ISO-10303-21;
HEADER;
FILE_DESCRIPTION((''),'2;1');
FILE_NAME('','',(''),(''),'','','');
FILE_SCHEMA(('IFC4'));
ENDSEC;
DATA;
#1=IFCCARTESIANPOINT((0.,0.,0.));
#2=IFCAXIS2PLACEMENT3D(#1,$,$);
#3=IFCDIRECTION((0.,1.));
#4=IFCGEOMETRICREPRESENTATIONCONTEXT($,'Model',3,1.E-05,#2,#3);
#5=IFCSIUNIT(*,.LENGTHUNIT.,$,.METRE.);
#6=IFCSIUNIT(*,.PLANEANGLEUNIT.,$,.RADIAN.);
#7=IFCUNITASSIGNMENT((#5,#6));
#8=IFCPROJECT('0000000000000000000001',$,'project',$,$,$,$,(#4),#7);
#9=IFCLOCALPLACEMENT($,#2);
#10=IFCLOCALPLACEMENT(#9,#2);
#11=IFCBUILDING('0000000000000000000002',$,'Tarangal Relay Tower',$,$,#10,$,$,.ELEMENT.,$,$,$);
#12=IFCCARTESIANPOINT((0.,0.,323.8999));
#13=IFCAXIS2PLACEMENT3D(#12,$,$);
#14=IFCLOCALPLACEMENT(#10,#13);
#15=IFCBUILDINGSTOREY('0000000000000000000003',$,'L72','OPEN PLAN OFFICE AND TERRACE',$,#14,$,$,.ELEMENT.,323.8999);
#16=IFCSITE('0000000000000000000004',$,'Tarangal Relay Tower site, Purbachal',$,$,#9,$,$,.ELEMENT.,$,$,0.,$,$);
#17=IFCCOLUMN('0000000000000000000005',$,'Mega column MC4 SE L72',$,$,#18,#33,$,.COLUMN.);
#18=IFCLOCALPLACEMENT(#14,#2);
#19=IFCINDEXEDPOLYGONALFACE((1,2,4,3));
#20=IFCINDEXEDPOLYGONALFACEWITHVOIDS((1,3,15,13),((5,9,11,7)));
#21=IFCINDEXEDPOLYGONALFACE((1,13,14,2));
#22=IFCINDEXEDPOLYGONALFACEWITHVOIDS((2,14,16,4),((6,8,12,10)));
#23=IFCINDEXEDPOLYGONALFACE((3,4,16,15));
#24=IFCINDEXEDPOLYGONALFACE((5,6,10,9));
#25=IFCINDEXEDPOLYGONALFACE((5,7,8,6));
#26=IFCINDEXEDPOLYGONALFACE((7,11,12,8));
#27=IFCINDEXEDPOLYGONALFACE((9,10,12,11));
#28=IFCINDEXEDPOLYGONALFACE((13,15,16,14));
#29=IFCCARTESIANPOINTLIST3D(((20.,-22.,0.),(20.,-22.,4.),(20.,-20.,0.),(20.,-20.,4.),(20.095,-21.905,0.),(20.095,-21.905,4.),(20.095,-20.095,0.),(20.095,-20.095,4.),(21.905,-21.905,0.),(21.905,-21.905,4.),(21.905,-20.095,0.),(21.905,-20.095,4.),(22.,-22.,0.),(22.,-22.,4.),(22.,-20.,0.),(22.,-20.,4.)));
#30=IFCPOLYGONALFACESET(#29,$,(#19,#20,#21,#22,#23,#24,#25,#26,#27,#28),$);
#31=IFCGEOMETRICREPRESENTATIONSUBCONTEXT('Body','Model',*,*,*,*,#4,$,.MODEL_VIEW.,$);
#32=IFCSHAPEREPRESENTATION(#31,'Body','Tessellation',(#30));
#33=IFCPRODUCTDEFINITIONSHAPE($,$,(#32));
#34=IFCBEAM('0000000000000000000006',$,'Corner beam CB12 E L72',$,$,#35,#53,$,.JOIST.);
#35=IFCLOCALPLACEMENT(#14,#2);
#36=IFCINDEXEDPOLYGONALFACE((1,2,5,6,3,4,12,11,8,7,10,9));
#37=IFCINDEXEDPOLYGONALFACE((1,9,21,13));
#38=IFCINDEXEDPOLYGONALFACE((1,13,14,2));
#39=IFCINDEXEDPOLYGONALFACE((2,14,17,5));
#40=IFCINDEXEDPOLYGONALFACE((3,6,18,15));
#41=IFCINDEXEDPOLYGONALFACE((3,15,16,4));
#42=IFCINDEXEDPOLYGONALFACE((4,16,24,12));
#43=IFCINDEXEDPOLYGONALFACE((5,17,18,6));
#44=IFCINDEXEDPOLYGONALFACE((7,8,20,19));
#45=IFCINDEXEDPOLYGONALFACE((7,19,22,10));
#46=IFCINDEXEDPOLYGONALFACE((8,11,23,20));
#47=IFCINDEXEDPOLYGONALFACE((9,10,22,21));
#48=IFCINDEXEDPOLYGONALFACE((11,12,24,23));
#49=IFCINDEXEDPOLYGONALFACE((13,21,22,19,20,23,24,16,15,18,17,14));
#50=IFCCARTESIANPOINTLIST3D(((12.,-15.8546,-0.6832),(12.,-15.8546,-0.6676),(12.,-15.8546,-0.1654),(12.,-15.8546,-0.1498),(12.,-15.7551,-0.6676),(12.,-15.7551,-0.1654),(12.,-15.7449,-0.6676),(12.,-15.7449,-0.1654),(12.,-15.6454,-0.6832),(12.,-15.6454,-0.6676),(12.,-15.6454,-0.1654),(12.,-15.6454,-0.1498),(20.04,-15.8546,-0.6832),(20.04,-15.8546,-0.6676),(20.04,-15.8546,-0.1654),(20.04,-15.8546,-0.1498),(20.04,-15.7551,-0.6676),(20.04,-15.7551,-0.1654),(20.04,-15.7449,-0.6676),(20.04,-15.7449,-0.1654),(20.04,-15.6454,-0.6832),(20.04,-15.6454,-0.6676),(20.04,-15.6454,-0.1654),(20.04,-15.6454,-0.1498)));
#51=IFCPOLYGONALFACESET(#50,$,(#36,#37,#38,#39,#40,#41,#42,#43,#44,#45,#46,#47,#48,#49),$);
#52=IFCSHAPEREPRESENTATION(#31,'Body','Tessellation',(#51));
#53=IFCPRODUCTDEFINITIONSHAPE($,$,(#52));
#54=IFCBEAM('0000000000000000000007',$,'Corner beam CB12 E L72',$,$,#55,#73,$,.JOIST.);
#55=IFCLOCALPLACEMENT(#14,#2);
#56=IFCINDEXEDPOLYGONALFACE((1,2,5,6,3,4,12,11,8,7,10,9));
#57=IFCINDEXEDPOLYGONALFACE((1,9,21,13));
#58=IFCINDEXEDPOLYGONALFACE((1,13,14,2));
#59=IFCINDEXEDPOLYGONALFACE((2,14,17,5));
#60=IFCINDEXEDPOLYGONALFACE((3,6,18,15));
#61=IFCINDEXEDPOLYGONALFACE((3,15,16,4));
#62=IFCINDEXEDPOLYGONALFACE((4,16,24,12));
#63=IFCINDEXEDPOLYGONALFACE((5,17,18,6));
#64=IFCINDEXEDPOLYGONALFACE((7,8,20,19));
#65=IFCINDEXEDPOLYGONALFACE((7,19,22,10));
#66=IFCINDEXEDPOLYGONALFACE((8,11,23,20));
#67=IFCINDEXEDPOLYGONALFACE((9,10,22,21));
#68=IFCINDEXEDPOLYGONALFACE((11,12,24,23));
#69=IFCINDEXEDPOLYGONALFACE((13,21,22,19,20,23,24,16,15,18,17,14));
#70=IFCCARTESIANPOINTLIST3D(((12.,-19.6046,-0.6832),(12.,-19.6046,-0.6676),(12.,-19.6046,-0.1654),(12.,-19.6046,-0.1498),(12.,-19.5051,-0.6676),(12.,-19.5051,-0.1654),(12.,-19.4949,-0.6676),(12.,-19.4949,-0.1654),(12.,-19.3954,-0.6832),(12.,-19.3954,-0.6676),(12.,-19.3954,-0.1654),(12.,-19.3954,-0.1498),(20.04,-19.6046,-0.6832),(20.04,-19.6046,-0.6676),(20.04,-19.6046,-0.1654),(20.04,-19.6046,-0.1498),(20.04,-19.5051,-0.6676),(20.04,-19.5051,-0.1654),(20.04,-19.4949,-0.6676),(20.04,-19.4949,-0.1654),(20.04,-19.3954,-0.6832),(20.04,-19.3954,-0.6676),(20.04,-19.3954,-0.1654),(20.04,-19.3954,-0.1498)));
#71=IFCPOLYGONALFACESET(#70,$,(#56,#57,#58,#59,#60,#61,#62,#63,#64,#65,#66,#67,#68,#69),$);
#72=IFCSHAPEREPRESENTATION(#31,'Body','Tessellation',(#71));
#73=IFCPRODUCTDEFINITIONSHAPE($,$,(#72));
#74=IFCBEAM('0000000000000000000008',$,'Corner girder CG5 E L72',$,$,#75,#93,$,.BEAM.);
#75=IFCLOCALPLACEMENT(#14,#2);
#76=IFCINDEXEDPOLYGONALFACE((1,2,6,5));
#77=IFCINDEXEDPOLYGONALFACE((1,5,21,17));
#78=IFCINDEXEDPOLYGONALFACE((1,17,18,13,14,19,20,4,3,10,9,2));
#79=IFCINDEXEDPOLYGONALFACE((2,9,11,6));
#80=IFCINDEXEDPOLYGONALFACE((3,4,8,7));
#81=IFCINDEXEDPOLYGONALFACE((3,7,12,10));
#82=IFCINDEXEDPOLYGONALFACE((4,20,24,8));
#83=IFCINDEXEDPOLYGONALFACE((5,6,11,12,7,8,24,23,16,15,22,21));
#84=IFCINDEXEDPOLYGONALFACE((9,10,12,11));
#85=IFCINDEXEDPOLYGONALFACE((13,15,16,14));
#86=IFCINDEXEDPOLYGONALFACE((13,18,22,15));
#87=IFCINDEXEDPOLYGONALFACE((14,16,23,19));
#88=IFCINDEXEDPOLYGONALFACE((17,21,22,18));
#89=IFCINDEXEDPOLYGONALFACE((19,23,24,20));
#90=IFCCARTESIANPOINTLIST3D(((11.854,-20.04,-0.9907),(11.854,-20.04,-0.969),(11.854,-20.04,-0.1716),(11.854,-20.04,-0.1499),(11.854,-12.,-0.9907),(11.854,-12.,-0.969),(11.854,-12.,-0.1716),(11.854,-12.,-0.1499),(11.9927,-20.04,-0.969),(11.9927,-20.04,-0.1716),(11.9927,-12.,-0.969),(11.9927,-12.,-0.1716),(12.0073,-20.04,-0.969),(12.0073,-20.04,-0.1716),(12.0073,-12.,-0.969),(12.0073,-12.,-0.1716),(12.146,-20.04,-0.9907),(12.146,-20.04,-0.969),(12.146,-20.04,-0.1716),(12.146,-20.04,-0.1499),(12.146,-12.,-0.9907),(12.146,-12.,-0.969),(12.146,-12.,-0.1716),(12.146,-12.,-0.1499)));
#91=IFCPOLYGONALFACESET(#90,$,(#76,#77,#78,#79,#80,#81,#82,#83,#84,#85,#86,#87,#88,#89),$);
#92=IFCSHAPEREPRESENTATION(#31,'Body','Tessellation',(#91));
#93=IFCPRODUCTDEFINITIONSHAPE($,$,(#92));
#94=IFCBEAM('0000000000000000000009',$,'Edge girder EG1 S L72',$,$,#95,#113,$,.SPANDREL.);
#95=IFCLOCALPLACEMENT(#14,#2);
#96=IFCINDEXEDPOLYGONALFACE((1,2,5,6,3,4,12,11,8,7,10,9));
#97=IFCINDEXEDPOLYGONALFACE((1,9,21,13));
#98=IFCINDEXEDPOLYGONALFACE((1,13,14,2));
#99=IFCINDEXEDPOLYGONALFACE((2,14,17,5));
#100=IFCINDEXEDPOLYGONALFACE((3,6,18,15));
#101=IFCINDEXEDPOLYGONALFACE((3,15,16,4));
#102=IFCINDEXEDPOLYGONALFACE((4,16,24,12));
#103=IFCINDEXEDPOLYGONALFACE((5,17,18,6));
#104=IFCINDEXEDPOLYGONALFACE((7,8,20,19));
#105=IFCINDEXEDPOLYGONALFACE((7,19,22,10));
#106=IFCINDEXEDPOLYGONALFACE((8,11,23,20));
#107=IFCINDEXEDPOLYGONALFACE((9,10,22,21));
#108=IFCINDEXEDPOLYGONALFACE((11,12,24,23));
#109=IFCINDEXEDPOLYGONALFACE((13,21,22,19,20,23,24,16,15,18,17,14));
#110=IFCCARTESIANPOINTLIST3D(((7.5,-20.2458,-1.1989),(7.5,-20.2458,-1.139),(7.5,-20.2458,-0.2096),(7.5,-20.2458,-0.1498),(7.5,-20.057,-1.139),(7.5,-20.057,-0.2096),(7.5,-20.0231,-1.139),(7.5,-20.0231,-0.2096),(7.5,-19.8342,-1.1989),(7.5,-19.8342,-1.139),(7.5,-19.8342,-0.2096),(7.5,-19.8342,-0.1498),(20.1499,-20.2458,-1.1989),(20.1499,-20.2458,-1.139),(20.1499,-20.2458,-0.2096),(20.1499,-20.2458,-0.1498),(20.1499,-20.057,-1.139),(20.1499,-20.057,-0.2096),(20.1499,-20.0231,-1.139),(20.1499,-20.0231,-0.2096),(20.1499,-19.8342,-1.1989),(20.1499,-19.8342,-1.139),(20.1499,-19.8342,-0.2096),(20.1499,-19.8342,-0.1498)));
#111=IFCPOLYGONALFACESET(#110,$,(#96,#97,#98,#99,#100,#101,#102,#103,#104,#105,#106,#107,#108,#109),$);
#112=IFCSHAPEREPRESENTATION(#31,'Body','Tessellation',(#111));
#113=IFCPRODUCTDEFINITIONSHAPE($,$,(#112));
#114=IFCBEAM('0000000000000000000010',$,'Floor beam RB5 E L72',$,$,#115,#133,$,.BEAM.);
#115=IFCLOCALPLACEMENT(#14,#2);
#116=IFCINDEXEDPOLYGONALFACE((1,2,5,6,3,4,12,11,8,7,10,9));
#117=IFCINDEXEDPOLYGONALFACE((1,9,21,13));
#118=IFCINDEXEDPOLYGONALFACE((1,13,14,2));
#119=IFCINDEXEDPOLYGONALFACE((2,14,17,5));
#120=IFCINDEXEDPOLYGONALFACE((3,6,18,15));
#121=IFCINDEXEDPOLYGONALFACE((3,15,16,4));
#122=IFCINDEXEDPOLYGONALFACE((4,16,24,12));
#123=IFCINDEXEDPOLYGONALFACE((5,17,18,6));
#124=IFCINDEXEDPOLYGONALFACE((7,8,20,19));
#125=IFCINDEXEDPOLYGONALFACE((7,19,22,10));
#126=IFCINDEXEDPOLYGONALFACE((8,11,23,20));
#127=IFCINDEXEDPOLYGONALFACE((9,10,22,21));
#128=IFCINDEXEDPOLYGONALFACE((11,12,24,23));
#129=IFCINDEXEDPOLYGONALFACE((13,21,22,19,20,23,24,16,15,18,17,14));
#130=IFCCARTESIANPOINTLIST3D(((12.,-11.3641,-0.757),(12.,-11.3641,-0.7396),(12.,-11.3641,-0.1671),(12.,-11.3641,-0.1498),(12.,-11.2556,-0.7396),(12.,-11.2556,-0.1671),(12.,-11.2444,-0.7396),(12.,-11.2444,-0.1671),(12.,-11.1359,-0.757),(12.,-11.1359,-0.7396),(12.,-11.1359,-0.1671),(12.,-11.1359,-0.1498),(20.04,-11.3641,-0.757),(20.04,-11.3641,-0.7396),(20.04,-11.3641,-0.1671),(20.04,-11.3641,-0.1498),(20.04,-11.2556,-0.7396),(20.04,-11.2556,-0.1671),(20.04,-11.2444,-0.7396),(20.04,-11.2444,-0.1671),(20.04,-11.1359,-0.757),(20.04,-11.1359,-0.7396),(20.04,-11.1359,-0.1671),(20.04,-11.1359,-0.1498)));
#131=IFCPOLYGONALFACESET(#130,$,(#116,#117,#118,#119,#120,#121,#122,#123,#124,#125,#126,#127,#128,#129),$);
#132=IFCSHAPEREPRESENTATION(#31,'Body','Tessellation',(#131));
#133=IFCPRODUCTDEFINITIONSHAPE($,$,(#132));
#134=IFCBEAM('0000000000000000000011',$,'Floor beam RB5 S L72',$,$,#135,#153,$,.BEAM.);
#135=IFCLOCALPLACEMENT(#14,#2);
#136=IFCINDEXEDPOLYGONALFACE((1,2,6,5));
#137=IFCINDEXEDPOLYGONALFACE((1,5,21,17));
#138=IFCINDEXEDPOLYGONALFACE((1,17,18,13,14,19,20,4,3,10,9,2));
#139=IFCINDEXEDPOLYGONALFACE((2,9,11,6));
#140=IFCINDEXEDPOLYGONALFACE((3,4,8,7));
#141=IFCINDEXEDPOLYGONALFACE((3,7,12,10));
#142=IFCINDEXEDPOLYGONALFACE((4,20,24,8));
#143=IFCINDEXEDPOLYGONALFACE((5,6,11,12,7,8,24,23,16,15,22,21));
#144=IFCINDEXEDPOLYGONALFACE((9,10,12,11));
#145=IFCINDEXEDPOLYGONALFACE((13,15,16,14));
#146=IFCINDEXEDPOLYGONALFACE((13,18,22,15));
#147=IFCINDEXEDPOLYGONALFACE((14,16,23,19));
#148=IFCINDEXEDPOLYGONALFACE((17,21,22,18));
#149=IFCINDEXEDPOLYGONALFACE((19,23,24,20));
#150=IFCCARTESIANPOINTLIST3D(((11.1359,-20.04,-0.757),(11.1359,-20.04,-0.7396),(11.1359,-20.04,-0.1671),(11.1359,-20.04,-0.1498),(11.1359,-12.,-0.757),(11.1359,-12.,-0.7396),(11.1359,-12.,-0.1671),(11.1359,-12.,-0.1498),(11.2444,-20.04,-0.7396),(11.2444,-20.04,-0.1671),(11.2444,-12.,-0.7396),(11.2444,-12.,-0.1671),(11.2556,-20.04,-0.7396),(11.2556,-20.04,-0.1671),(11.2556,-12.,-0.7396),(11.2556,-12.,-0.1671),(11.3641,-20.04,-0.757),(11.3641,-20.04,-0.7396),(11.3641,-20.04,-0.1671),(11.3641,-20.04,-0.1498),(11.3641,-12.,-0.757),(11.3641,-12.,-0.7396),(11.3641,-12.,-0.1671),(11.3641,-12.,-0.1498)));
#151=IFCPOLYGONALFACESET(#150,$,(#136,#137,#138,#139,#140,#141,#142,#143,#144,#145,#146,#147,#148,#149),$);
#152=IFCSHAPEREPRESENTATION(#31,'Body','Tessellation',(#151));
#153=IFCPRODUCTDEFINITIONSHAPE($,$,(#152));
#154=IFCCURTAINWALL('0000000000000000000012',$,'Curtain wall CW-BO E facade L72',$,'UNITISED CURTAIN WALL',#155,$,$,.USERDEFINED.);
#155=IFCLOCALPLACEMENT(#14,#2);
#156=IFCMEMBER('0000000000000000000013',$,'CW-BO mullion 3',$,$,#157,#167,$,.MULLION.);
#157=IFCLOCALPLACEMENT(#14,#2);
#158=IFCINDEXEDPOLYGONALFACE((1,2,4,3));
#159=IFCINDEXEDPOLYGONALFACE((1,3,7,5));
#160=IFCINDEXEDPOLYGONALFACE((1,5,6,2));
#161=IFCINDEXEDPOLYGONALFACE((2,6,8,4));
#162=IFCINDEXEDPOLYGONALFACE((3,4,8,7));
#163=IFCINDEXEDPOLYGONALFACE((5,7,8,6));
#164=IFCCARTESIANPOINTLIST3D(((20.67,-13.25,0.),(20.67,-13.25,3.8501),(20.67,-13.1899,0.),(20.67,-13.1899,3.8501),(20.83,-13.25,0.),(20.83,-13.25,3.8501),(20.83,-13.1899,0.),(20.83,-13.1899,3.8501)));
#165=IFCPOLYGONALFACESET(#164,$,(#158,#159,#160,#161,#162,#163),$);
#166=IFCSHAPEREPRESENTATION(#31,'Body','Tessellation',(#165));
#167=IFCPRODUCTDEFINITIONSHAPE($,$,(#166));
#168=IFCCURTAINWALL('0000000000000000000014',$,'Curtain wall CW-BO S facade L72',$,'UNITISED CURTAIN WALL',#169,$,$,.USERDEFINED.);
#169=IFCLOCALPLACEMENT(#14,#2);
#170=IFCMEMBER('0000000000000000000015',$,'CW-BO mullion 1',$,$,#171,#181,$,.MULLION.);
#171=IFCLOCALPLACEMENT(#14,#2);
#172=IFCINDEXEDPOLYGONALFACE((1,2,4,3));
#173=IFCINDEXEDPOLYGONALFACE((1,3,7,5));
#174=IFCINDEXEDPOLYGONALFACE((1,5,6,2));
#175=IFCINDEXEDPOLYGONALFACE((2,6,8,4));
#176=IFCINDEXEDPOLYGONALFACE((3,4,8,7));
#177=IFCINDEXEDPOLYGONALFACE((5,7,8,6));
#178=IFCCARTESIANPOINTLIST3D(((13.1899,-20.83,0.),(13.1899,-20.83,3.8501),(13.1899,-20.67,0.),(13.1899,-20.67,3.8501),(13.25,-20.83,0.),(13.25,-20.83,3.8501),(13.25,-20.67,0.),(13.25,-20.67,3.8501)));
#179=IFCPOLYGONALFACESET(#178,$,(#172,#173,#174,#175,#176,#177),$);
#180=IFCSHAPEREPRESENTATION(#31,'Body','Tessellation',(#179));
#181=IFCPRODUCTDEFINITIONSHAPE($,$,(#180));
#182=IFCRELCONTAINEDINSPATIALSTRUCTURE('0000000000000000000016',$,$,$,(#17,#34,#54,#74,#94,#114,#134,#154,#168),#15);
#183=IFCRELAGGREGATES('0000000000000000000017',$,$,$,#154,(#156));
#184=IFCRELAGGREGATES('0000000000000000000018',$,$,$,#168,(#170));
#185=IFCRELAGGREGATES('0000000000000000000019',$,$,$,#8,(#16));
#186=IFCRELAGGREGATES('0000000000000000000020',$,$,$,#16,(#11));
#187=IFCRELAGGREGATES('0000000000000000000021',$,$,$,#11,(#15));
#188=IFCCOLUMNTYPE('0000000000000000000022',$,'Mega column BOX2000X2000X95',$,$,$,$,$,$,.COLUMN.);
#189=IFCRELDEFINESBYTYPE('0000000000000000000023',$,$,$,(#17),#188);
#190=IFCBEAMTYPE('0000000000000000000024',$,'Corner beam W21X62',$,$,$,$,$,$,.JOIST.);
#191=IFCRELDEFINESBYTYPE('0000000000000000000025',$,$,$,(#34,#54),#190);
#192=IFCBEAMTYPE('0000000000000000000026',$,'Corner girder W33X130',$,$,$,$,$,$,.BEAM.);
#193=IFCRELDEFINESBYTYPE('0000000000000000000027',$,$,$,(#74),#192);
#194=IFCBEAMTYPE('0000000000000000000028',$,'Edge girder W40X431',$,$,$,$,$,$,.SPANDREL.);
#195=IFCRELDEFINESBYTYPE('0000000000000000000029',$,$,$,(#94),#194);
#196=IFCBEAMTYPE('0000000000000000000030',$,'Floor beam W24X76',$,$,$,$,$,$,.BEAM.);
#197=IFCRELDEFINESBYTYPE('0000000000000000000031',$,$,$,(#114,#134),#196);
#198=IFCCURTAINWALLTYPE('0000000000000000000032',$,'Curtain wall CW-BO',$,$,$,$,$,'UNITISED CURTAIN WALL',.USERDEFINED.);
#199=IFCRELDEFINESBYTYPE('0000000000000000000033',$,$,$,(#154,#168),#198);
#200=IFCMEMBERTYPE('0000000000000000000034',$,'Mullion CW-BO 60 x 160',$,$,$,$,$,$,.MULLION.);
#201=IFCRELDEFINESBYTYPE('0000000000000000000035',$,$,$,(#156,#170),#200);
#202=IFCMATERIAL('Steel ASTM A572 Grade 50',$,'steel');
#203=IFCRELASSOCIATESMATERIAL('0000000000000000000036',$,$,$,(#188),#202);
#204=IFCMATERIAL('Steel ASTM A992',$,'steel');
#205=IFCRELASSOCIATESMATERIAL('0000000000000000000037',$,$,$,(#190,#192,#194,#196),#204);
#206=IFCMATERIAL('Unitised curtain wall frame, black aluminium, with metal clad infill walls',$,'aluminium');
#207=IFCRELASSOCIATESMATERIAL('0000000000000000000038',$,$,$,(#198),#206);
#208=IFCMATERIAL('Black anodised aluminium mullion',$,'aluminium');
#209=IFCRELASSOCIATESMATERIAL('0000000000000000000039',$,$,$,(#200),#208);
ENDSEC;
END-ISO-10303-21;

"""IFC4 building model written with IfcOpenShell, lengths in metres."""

from ifc_helpers import new_model, si_unit, direction, frame, origin, origin_2d, place, context, subcontext, project, spatial, rectangle, hollow_rectangle, i_section, extrude, material, material_profile, profile_set, type_object, element, aggregate, save


model = new_model("IFC4")

# Units and contexts
model_context = context("Model", 3, precision=1e-05, world=origin(), true_north=direction((0.0, 1.0)))
body_context = subcontext(model_context, "Body", "Model", "MODEL_VIEW")
ifc_project = project(units=[si_unit("LENGTHUNIT", "METRE"), si_unit("PLANEANGLEUNIT", "RADIAN")], contexts=[model_context])

# Site, building, storey
site_placement = place(None, origin())
site = spatial("IfcSite", under=ifc_project, at=site_placement, Name="Tarangal Relay Tower site, Purbachal", CompositionType="ELEMENT", RefElevation=0.0)
building_placement = place(site_placement, origin())
building = spatial("IfcBuilding", under=site, at=building_placement, Name="Tarangal Relay Tower", CompositionType="ELEMENT")
storey_placement = place(building_placement, frame((0.0, 0.0, 323.8999)))
storey = spatial("IfcBuildingStorey", under=building, at=storey_placement, Name="L72", Description="OPEN PLAN OFFICE AND TERRACE", CompositionType="ELEMENT", Elevation=323.8999)

# Column
ifc_material_1 = material(Name="Steel ASTM A572 Grade 50", Category="steel")
ifc_material_profile_1 = material_profile(ifc_material_1, hollow_rectangle(XDim=2.0, YDim=2.0, WallThickness=0.095, at=origin_2d()), Name="BOX2000X2000X95")
ifc_profile_set_1 = profile_set([ifc_material_profile_1], Name="Steel ASTM A572 Grade 50")
column_type = type_object("IfcColumnType", Name="Mega column BOX2000X2000X95", PredefinedType="COLUMN", material=ifc_profile_set_1)
column_placement = place(storey_placement, frame((21.0, -21.0, 0.0), z_axis=(0.0, 0.0, 1.0), x_axis=(1.0, 0.0, 0.0)))
element("IfcColumn", 1, at=column_placement, inside=storey, type_object=column_type, Name="Mega column MC4 SE L72", PredefinedType="COLUMN", context=body_context, shape_type="SweptSolid", body=[
    extrude(hollow_rectangle(XDim=2.0, YDim=2.0, WallThickness=0.095, at=origin_2d()), origin(), (0.0, 0.0, 1.0), 4.0),
])

# Beams
ifc_material_2 = material(Name="Steel ASTM A992", Category="steel")
ifc_material_profile_2 = material_profile(ifc_material_2, i_section(OverallWidth=0.2092, OverallDepth=0.5334, WebThickness=0.0103, FlangeThickness=0.0156, at=origin_2d()), Name="W21X62")
ifc_profile_set_2 = profile_set([ifc_material_profile_2], Name="Steel ASTM A992")
beam_type_1 = type_object("IfcBeamType", Name="Corner beam W21X62", PredefinedType="JOIST", material=ifc_profile_set_2)
for number, where, z_axis, x_axis, name in (
    (2, (12.0, -15.75, -0.4165), (1.0, 0.0, 0.0), (0.0, 1.0, 0.0), "Corner beam CB12 E L72"),
    (3, (12.0, -19.5, -0.4165), (1.0, 0.0, 0.0), (0.0, 1.0, 0.0), "Corner beam CB12 E L72"),
):
    element("IfcBeam", number, at=place(storey_placement, frame(where, z_axis=z_axis, x_axis=x_axis)), inside=storey, type_object=beam_type_1, Name=name, PredefinedType="JOIST", context=body_context, shape_type="SweptSolid", body=[
        extrude(i_section(OverallWidth=0.2092, OverallDepth=0.5334, WebThickness=0.0103, FlangeThickness=0.0156, at=origin_2d()), origin(), (0.0, 0.0, 1.0), 8.04),
    ])
ifc_material_profile_3 = material_profile(ifc_material_2, i_section(OverallWidth=0.292, OverallDepth=0.8408, WebThickness=0.0146, FlangeThickness=0.0217, at=origin_2d()), Name="W33X130")
ifc_profile_set_3 = profile_set([ifc_material_profile_3], Name="Steel ASTM A992")
beam_type_2 = type_object("IfcBeamType", Name="Corner girder W33X130", PredefinedType="BEAM", material=ifc_profile_set_3)
beam_1_placement = place(storey_placement, frame((12.0, -12.0, -0.5703), z_axis=(0.0, -1.0, 0.0), x_axis=(1.0, 0.0, 0.0)))
element("IfcBeam", 4, at=beam_1_placement, inside=storey, type_object=beam_type_2, Name="Corner girder CG5 E L72", PredefinedType="BEAM", context=body_context, shape_type="SweptSolid", body=[
    extrude(i_section(OverallWidth=0.292, OverallDepth=0.8408, WebThickness=0.0146, FlangeThickness=0.0217, at=origin_2d()), origin(), (0.0, 0.0, 1.0), 8.04),
])
ifc_material_profile_4 = material_profile(ifc_material_2, i_section(OverallWidth=0.4116, OverallDepth=1.0491, WebThickness=0.0339, FlangeThickness=0.0598, at=origin_2d()), Name="W40X431")
ifc_profile_set_4 = profile_set([ifc_material_profile_4], Name="Steel ASTM A992")
beam_type_3 = type_object("IfcBeamType", Name="Edge girder W40X431", PredefinedType="SPANDREL", material=ifc_profile_set_4)
beam_2_placement = place(storey_placement, frame((20.1499, -20.04, -0.6743), z_axis=(-1.0, 0.0, 0.0), x_axis=(0.0, -1.0, 0.0)))
element("IfcBeam", 5, at=beam_2_placement, inside=storey, type_object=beam_type_3, Name="Edge girder EG1 S L72", PredefinedType="SPANDREL", context=body_context, shape_type="SweptSolid", body=[
    extrude(i_section(OverallWidth=0.4116, OverallDepth=1.0491, WebThickness=0.0339, FlangeThickness=0.0598, at=origin_2d()), origin(), (0.0, 0.0, 1.0), 12.6499),
])
ifc_material_profile_5 = material_profile(ifc_material_2, i_section(OverallWidth=0.2283, OverallDepth=0.6072, WebThickness=0.0112, FlangeThickness=0.0173, at=origin_2d()), Name="W24X76")
ifc_profile_set_5 = profile_set([ifc_material_profile_5], Name="Steel ASTM A992")
beam_type_4 = type_object("IfcBeamType", Name="Floor beam W24X76", PredefinedType="BEAM", material=ifc_profile_set_5)
for number, where, z_axis, x_axis, name in (
    (6, (12.0, -11.25, -0.4534), (1.0, 0.0, 0.0), (0.0, 1.0, 0.0), "Floor beam RB5 E L72"),
    (7, (11.25, -12.0, -0.4534), (0.0, -1.0, 0.0), (1.0, 0.0, 0.0), "Floor beam RB5 S L72"),
):
    element("IfcBeam", number, at=place(storey_placement, frame(where, z_axis=z_axis, x_axis=x_axis)), inside=storey, type_object=beam_type_4, Name=name, PredefinedType="BEAM", context=body_context, shape_type="SweptSolid", body=[
        extrude(i_section(OverallWidth=0.2283, OverallDepth=0.6072, WebThickness=0.0112, FlangeThickness=0.0173, at=origin_2d()), origin(), (0.0, 0.0, 1.0), 8.04),
    ])

# Curtain wall, member
ifc_material_3 = material(Name="Unitised curtain wall frame, black aluminium, with metal clad infill walls", Category="aluminium")
curtain_wall_type = type_object("IfcCurtainWallType", Name="Curtain wall CW-BO", ElementType="UNITISED CURTAIN WALL", PredefinedType="USERDEFINED", material=ifc_material_3)
curtain_wall_1_placement = place(storey_placement, origin())
curtain_wall_1 = element("IfcCurtainWall", 8, at=curtain_wall_1_placement, inside=storey, type_object=curtain_wall_type, Name="Curtain wall CW-BO E facade L72", ObjectType="UNITISED CURTAIN WALL", PredefinedType="USERDEFINED")
ifc_material_4 = material(Name="Black anodised aluminium mullion", Category="aluminium")
ifc_material_profile_6 = material_profile(ifc_material_4, rectangle(XDim=0.1599, YDim=0.0601, at=origin_2d()), Name="CW-BOM 60X160")
ifc_profile_set_6 = profile_set([ifc_material_profile_6], Name="Black anodised aluminium mullion")
member_type_1 = type_object("IfcMemberType", Name="Mullion CW-BO 60 x 160", PredefinedType="MULLION", material=ifc_profile_set_6)
member_1_placement = place(storey_placement, frame((20.75, -13.22, 0.0), z_axis=(0.0, 0.0, 1.0), x_axis=(1.0, 0.0, 0.0)))
member_1 = element("IfcMember", 9, at=member_1_placement, type_object=member_type_1, Name="CW-BO mullion 3", PredefinedType="MULLION", context=body_context, shape_type="SweptSolid", body=[
    extrude(rectangle(XDim=0.1599, YDim=0.0601, at=origin_2d()), origin(), (0.0, 0.0, 1.0), 3.8501),
])
aggregate(curtain_wall_1, [member_1])

# Curtain wall, member
curtain_wall_2_placement = place(storey_placement, origin())
curtain_wall_2 = element("IfcCurtainWall", 10, at=curtain_wall_2_placement, inside=storey, type_object=curtain_wall_type, Name="Curtain wall CW-BO S facade L72", ObjectType="UNITISED CURTAIN WALL", PredefinedType="USERDEFINED")
member_2_placement = place(storey_placement, frame((13.22, -20.75, 0.0), z_axis=(0.0, 0.0, 1.0), x_axis=(0.0, -1.0, 0.0)))
member_2 = element("IfcMember", 11, at=member_2_placement, type_object=member_type_1, Name="CW-BO mullion 1", PredefinedType="MULLION", context=body_context, shape_type="SweptSolid", body=[
    extrude(rectangle(XDim=0.1599, YDim=0.0601, at=origin_2d()), origin(), (0.0, 0.0, 1.0), 3.8501),
])
aggregate(curtain_wall_2, [member_2])

save(model, "model.ifc")
